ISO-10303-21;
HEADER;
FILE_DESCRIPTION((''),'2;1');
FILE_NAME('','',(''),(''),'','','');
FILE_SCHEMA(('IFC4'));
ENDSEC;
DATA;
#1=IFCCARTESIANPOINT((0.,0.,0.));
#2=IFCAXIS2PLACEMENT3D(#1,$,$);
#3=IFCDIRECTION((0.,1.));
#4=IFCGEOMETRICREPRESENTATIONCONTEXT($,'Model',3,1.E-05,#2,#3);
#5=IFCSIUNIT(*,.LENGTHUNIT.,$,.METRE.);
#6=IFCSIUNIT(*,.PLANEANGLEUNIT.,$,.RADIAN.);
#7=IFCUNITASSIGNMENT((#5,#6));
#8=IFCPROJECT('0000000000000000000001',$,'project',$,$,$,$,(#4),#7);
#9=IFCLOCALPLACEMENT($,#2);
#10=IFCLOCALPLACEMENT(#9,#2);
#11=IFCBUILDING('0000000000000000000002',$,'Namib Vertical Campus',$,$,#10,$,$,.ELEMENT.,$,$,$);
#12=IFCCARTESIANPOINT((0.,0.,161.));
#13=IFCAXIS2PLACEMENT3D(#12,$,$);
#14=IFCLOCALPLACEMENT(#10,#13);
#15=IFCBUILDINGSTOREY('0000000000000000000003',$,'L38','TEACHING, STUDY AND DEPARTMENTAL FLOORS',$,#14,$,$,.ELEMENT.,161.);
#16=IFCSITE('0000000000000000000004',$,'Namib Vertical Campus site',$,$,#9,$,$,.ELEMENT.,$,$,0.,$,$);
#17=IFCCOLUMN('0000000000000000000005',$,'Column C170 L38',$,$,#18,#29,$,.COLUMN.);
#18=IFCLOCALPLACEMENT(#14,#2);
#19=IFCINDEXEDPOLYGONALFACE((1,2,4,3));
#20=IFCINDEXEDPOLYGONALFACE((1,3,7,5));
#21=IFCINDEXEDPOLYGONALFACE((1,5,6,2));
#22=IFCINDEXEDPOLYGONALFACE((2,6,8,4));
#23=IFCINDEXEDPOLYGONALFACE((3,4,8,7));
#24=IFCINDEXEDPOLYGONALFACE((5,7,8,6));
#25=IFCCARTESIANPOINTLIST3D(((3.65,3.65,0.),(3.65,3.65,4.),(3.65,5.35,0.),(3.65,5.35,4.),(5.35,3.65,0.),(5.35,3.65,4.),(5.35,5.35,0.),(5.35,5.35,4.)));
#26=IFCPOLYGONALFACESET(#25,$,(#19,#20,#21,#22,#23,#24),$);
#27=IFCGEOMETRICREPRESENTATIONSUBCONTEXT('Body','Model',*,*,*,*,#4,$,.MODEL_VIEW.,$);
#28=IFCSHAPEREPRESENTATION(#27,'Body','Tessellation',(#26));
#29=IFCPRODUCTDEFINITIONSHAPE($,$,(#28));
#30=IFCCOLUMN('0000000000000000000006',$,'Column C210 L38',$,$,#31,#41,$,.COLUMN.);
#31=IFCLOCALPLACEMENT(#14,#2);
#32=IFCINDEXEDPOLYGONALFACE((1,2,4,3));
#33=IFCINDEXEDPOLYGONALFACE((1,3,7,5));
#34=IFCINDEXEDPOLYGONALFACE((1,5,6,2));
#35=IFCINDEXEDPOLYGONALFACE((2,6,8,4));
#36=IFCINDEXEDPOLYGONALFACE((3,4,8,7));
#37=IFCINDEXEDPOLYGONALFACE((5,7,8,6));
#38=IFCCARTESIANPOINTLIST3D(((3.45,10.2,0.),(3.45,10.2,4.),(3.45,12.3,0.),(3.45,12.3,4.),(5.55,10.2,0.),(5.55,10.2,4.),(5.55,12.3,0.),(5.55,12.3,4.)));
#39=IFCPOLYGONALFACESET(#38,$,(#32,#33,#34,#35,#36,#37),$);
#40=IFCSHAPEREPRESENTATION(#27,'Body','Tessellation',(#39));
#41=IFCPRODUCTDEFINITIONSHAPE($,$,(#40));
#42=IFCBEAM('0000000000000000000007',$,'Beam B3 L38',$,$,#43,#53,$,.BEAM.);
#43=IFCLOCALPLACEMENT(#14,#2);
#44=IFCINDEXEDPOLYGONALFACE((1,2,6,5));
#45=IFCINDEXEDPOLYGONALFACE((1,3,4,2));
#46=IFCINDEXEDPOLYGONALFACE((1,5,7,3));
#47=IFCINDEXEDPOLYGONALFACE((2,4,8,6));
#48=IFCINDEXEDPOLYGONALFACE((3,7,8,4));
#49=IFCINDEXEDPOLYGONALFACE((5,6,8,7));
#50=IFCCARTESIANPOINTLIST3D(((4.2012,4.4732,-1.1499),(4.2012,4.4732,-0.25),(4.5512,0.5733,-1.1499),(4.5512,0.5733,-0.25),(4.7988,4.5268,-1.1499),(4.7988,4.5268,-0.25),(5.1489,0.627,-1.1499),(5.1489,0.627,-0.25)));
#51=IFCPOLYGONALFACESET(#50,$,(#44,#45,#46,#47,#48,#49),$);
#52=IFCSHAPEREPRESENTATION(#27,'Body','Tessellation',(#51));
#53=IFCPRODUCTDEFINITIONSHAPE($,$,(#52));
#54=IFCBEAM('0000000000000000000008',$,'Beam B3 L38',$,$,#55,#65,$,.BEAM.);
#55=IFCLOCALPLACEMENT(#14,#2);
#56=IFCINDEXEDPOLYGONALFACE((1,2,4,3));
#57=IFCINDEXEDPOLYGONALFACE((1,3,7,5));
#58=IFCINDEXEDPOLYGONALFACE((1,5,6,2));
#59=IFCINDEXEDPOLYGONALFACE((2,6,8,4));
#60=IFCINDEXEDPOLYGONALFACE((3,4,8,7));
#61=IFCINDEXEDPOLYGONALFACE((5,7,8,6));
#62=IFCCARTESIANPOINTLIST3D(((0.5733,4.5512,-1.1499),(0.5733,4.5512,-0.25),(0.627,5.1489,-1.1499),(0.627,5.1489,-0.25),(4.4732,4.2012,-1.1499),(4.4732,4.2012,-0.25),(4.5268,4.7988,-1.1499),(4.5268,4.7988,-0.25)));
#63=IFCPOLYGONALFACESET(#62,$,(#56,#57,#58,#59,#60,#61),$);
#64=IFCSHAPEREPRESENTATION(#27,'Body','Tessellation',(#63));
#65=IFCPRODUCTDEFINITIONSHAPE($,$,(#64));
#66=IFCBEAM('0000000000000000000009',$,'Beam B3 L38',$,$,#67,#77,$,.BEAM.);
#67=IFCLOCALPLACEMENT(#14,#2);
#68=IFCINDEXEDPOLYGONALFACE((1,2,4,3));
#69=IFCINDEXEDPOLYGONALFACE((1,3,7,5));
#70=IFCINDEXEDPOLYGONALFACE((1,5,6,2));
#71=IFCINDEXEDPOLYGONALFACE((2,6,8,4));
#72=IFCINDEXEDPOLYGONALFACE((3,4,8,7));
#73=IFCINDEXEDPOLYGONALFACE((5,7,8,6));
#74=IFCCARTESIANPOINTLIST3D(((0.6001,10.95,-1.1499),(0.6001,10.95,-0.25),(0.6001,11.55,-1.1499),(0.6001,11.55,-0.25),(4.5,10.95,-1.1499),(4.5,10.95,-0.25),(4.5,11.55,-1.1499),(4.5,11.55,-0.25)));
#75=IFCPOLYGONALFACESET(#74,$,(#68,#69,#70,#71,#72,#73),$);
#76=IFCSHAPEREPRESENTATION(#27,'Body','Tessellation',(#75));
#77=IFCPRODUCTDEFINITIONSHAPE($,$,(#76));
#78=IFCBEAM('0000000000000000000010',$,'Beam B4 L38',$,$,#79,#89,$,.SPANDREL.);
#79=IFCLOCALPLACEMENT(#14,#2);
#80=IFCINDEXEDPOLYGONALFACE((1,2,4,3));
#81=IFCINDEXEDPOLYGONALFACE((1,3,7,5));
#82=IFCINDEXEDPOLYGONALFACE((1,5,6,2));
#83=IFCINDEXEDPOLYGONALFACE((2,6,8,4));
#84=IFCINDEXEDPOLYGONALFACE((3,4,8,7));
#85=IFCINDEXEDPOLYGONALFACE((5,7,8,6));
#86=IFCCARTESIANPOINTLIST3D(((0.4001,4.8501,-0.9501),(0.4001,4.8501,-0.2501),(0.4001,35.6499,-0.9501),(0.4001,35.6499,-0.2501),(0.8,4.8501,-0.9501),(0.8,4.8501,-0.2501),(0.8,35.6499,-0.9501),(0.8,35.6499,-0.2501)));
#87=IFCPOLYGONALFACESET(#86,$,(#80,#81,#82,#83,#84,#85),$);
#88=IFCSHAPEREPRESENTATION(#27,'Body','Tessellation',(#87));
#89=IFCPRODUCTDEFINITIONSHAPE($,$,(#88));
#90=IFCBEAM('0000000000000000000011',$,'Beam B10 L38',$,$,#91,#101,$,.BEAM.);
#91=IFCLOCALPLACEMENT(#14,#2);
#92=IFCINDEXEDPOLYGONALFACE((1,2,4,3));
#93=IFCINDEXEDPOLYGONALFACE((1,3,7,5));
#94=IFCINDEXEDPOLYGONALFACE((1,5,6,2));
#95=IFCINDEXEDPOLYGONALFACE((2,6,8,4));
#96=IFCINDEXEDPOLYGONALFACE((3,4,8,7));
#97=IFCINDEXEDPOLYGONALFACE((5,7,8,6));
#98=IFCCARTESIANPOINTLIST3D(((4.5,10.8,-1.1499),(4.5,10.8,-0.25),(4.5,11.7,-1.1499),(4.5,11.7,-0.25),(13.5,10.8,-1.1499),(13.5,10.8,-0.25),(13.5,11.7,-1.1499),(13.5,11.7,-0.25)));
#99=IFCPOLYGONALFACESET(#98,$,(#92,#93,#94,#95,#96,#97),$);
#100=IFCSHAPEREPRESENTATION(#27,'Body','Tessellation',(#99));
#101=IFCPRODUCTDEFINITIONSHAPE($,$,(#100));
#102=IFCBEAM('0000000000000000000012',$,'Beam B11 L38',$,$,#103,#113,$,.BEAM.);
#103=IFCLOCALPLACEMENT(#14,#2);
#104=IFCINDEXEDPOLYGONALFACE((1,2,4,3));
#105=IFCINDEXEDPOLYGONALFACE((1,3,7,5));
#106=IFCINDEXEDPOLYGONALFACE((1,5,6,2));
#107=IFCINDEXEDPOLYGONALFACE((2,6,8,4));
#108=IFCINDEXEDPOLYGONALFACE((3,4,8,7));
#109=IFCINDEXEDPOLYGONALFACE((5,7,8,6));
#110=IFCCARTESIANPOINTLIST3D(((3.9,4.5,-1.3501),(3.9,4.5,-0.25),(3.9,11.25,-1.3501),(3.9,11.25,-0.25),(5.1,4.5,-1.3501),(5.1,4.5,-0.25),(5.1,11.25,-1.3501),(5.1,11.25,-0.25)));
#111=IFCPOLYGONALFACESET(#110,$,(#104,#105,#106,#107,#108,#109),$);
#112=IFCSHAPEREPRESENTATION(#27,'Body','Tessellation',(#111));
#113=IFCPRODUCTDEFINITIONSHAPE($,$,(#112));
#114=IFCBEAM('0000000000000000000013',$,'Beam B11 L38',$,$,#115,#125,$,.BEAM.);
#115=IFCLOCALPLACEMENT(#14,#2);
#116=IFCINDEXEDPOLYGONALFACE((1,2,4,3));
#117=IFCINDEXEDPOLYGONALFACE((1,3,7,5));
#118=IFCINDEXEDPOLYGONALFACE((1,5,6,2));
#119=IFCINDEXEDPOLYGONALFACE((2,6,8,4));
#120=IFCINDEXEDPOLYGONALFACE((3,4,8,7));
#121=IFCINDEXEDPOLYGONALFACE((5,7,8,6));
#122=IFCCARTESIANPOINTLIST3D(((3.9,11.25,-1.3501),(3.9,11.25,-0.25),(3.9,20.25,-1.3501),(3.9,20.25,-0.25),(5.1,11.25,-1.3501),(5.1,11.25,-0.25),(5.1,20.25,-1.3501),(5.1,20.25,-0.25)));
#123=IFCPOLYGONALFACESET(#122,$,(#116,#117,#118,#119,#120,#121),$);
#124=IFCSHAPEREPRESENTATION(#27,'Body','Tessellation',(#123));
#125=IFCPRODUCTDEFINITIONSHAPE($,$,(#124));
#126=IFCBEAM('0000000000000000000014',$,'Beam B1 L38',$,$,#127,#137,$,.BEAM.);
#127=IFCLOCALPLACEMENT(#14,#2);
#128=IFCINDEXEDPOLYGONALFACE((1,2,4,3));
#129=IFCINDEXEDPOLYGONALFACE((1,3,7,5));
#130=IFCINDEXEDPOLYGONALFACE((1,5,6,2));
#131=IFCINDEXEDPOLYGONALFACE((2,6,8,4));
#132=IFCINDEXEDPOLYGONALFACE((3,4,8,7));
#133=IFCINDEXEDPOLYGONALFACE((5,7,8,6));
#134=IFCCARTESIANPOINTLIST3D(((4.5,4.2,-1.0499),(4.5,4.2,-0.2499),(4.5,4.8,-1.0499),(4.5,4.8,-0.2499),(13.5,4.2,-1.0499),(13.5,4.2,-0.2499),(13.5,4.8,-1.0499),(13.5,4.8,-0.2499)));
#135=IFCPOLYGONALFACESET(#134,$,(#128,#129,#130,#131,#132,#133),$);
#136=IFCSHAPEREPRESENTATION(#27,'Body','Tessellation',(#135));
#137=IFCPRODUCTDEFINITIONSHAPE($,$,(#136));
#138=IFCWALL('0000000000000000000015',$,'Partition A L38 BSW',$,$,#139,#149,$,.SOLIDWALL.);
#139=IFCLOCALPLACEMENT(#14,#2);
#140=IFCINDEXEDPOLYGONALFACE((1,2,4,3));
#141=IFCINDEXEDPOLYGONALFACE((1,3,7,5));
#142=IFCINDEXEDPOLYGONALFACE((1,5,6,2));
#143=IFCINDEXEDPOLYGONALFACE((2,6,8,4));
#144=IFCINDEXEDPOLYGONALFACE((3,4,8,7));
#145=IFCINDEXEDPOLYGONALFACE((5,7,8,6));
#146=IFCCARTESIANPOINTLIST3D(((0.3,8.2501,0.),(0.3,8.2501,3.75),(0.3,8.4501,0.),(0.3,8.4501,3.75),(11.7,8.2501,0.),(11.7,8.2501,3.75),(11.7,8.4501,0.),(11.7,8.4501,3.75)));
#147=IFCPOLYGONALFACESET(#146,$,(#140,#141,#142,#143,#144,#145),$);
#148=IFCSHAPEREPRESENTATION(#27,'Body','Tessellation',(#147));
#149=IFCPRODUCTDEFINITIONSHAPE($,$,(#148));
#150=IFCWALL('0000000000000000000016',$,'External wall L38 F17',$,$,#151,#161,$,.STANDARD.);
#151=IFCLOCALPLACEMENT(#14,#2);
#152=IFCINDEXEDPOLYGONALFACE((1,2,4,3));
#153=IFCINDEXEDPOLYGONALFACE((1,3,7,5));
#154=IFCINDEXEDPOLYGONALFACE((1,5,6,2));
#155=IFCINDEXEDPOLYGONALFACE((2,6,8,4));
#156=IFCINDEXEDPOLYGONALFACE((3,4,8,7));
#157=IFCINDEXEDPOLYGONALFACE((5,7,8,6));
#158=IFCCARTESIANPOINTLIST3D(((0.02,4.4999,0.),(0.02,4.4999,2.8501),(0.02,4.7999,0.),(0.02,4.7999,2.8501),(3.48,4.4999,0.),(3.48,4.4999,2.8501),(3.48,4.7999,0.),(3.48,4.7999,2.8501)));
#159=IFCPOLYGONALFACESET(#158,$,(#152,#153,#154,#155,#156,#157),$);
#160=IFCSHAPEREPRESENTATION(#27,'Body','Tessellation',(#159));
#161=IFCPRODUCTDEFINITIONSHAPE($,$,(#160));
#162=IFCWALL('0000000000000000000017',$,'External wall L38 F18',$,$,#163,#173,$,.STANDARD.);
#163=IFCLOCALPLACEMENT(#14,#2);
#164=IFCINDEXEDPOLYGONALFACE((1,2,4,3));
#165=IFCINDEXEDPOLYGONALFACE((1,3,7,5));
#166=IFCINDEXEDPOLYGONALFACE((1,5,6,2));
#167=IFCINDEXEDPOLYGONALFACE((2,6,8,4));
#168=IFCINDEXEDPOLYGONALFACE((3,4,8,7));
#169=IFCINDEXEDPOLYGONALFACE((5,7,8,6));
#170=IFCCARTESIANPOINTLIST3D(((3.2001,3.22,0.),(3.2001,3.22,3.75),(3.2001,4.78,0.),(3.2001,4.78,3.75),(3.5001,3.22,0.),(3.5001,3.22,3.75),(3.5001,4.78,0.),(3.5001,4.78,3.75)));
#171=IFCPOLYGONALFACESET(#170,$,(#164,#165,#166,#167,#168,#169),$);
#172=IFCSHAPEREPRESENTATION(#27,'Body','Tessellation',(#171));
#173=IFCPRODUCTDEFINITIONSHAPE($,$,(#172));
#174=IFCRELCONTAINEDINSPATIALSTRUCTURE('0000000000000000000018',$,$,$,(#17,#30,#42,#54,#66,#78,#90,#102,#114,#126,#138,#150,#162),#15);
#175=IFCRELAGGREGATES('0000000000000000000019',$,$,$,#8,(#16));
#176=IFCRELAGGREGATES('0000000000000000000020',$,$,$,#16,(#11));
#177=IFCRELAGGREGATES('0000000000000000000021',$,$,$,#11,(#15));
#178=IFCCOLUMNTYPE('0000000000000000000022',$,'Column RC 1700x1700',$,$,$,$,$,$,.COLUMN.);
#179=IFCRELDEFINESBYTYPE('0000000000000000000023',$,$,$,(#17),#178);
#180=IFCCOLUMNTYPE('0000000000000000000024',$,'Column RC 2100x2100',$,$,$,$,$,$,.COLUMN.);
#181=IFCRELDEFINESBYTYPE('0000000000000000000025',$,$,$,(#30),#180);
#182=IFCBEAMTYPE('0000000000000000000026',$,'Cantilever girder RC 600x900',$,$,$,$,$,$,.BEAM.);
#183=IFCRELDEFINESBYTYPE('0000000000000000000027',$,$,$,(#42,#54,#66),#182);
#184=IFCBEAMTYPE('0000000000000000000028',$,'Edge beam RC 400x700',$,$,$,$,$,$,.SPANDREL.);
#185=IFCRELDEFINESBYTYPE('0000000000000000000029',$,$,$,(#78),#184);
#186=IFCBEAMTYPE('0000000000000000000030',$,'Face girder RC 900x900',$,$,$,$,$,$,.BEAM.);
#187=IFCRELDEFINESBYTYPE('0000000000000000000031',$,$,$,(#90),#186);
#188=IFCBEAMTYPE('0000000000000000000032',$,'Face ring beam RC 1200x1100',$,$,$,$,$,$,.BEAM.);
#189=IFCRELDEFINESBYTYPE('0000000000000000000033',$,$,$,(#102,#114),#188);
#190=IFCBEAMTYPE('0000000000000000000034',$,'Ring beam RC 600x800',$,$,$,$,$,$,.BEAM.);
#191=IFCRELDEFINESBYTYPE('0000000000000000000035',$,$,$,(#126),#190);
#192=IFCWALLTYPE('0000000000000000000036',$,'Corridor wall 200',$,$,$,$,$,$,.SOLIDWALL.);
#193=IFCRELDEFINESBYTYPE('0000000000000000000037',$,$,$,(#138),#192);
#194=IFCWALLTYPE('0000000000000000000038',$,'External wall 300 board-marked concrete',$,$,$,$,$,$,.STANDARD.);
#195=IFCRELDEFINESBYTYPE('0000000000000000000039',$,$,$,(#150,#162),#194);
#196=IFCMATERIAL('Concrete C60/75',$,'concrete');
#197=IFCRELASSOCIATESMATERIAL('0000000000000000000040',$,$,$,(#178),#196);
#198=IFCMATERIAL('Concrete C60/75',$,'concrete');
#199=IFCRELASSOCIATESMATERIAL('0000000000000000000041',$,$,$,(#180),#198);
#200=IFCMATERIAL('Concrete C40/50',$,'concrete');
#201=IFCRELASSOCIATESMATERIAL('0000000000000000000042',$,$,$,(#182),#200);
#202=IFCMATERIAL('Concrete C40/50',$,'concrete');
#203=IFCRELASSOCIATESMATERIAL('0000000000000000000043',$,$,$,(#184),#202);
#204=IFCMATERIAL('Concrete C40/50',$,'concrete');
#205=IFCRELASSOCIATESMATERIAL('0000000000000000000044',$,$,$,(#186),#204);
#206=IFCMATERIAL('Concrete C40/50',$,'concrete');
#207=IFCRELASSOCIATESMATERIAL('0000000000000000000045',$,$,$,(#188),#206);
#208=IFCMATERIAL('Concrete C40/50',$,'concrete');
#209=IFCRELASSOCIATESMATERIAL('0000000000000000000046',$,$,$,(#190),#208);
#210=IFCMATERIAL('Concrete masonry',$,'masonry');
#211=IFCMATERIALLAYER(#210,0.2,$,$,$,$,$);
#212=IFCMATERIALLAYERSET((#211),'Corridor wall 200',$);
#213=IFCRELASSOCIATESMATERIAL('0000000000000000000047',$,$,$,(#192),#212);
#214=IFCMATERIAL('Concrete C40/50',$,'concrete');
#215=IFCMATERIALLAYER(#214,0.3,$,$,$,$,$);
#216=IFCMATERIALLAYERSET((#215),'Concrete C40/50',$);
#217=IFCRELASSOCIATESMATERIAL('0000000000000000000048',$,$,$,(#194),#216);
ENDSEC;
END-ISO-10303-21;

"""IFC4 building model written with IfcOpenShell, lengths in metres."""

from ifc_helpers import new_model, si_unit, direction, frame, frame_2d, origin, origin_2d, place, context, subcontext, project, spatial, rectangle, extrude, material, layer, layer_set, material_profile, profile_set, type_object, element, save


model = new_model("IFC4")

# Units and contexts
model_context = context("Model", 3, precision=1e-05, world=origin(), true_north=direction((0.0, 1.0)))
body_context = subcontext(model_context, "Body", "Model", "MODEL_VIEW")
ifc_project = project(units=[si_unit("LENGTHUNIT", "METRE"), si_unit("PLANEANGLEUNIT", "RADIAN")], contexts=[model_context])

# Site, building, storey
site_placement = place(None, origin())
site = spatial("IfcSite", under=ifc_project, at=site_placement, Name="Namib Vertical Campus site", CompositionType="ELEMENT", RefElevation=0.0)
building_placement = place(site_placement, origin())
building = spatial("IfcBuilding", under=site, at=building_placement, Name="Namib Vertical Campus", CompositionType="ELEMENT")
storey_placement = place(building_placement, frame((0.0, 0.0, 161.0)))
storey = spatial("IfcBuildingStorey", under=building, at=storey_placement, Name="L38", Description="TEACHING, STUDY AND DEPARTMENTAL FLOORS", CompositionType="ELEMENT", Elevation=161.0)

# Columns
ifc_material_1 = material(Name="Concrete C60/75", Category="concrete")
ifc_material_profile_1 = material_profile(ifc_material_1, rectangle(XDim=1.7, YDim=1.7, at=origin_2d()))
ifc_profile_set_1 = profile_set([ifc_material_profile_1], Name="Concrete C60/75")
column_type_1 = type_object("IfcColumnType", Name="Column RC 1700x1700", PredefinedType="COLUMN", material=ifc_profile_set_1)
column_1_placement = place(storey_placement, frame((4.5, 4.5, 0.0), z_axis=(0.0, 0.0, 1.0), x_axis=(1.0, 0.0, 0.0)))
element("IfcColumn", 1, at=column_1_placement, inside=storey, type_object=column_type_1, Name="Column C170 L38", PredefinedType="COLUMN", context=body_context, shape_type="SweptSolid", body=[
    extrude(rectangle(XDim=1.7, YDim=1.7, at=origin_2d()), origin(), (0.0, 0.0, 1.0), 4.0),
])
ifc_material_2 = material(Name="Concrete C60/75", Category="concrete")
ifc_material_profile_2 = material_profile(ifc_material_2, rectangle(XDim=2.1001, YDim=2.1001, at=origin_2d()))
ifc_profile_set_2 = profile_set([ifc_material_profile_2], Name="Concrete C60/75")
column_type_2 = type_object("IfcColumnType", Name="Column RC 2100x2100", PredefinedType="COLUMN", material=ifc_profile_set_2)
column_2_placement = place(storey_placement, frame((4.5, 11.25, 0.0), z_axis=(0.0, 0.0, 1.0), x_axis=(1.0, 0.0, 0.0)))
element("IfcColumn", 2, at=column_2_placement, inside=storey, type_object=column_type_2, Name="Column C210 L38", PredefinedType="COLUMN", context=body_context, shape_type="SweptSolid", body=[
    extrude(rectangle(XDim=2.1001, YDim=2.1001, at=origin_2d()), origin(), (0.0, 0.0, 1.0), 4.0),
])

# Beams
ifc_material_3 = material(Name="Concrete C40/50", Category="concrete")
ifc_material_profile_3 = material_profile(ifc_material_3, rectangle(XDim=0.6001, YDim=0.8999, at=origin_2d()))
ifc_profile_set_3 = profile_set([ifc_material_profile_3], Name="Concrete C40/50")
beam_type_1 = type_object("IfcBeamType", Name="Cantilever girder RC 600x900", PredefinedType="BEAM", material=ifc_profile_set_3)
for number, where, z_axis, x_axis, name in (
    (3, (4.5, 4.5, -0.7), (0.089411, -0.995995, 0.0), (0.995995, 0.089411, 0.0), "Beam B3 L38"),
    (4, (4.5, 4.5, -0.7), (-0.995995, 0.089411, 0.0), (-0.089411, -0.995995, 0.0), "Beam B3 L38"),
):
    element("IfcBeam", number, at=place(storey_placement, frame(where, z_axis=z_axis, x_axis=x_axis)), inside=storey, type_object=beam_type_1, Name=name, PredefinedType="BEAM", context=body_context, shape_type="SweptSolid", body=[
        extrude(rectangle(XDim=0.6001, YDim=0.8999, at=origin_2d()), origin(), (0.0, 0.0, 1.0), 3.9155),
    ])
beam_1_placement = place(storey_placement, frame((4.5, 11.25, -0.7), z_axis=(-1.0, 0.0, 0.0), x_axis=(0.0, -1.0, 0.0)))
element("IfcBeam", 5, at=beam_1_placement, inside=storey, type_object=beam_type_1, Name="Beam B3 L38", PredefinedType="BEAM", context=body_context, shape_type="SweptSolid", body=[
    extrude(rectangle(XDim=0.6001, YDim=0.8999, at=origin_2d()), origin(), (0.0, 0.0, 1.0), 3.8999),
])
ifc_material_4 = material(Name="Concrete C40/50", Category="concrete")
ifc_material_profile_4 = material_profile(ifc_material_4, rectangle(XDim=0.3999, YDim=0.7, at=origin_2d()))
ifc_profile_set_4 = profile_set([ifc_material_profile_4], Name="Concrete C40/50")
beam_type_2 = type_object("IfcBeamType", Name="Edge beam RC 400x700", PredefinedType="SPANDREL", material=ifc_profile_set_4)
beam_2_placement = place(storey_placement, frame((0.6001, 4.8501, -0.6001), z_axis=(0.0, 1.0, 0.0), x_axis=(-1.0, 0.0, 0.0)))
element("IfcBeam", 6, at=beam_2_placement, inside=storey, type_object=beam_type_2, Name="Beam B4 L38", PredefinedType="SPANDREL", context=body_context, shape_type="SweptSolid", body=[
    extrude(rectangle(XDim=0.3999, YDim=0.7, at=origin_2d()), origin(), (0.0, 0.0, 1.0), 30.7998),
])
ifc_material_5 = material(Name="Concrete C40/50", Category="concrete")
ifc_material_profile_5 = material_profile(ifc_material_5, rectangle(XDim=0.8999, YDim=0.8999, at=origin_2d()))
ifc_profile_set_5 = profile_set([ifc_material_profile_5], Name="Concrete C40/50")
beam_type_3 = type_object("IfcBeamType", Name="Face girder RC 900x900", PredefinedType="BEAM", material=ifc_profile_set_5)
beam_3_placement = place(storey_placement, frame((4.5, 11.25, -0.7), z_axis=(1.0, 0.0, 0.0), x_axis=(0.0, 1.0, 0.0)))
element("IfcBeam", 7, at=beam_3_placement, inside=storey, type_object=beam_type_3, Name="Beam B10 L38", PredefinedType="BEAM", context=body_context, shape_type="SweptSolid", body=[
    extrude(rectangle(XDim=0.8999, YDim=0.8999, at=origin_2d()), origin(), (0.0, 0.0, 1.0), 9.0),
])
ifc_material_6 = material(Name="Concrete C40/50", Category="concrete")
ifc_material_profile_6 = material_profile(ifc_material_6, rectangle(XDim=1.2, YDim=1.1001, at=origin_2d()))
ifc_profile_set_6 = profile_set([ifc_material_profile_6], Name="Concrete C40/50")
beam_type_4 = type_object("IfcBeamType", Name="Face ring beam RC 1200x1100", PredefinedType="BEAM", material=ifc_profile_set_6)
beam_4_placement = place(storey_placement, frame((4.5, 4.5, -0.8), z_axis=(0.0, 1.0, 0.0), x_axis=(-1.0, 0.0, 0.0)))
element("IfcBeam", 8, at=beam_4_placement, inside=storey, type_object=beam_type_4, Name="Beam B11 L38", PredefinedType="BEAM", context=body_context, shape_type="SweptSolid", body=[
    extrude(rectangle(XDim=1.2, YDim=1.1001, at=origin_2d()), origin(), (0.0, 0.0, 1.0), 6.75),
])
beam_5_placement = place(storey_placement, frame((4.5, 11.25, -0.8), z_axis=(0.0, 1.0, 0.0), x_axis=(-1.0, 0.0, 0.0)))
element("IfcBeam", 9, at=beam_5_placement, inside=storey, type_object=beam_type_4, Name="Beam B11 L38", PredefinedType="BEAM", context=body_context, shape_type="SweptSolid", body=[
    extrude(rectangle(XDim=1.2, YDim=1.1001, at=origin_2d()), origin(), (0.0, 0.0, 1.0), 9.0),
])
ifc_material_7 = material(Name="Concrete C40/50", Category="concrete")
ifc_material_profile_7 = material_profile(ifc_material_7, rectangle(XDim=0.6001, YDim=0.8, at=origin_2d()))
ifc_profile_set_7 = profile_set([ifc_material_profile_7], Name="Concrete C40/50")
beam_type_5 = type_object("IfcBeamType", Name="Ring beam RC 600x800", PredefinedType="BEAM", material=ifc_profile_set_7)
beam_6_placement = place(storey_placement, frame((4.5, 4.5, -0.6499), z_axis=(1.0, 0.0, 0.0), x_axis=(0.0, 1.0, 0.0)))
element("IfcBeam", 10, at=beam_6_placement, inside=storey, type_object=beam_type_5, Name="Beam B1 L38", PredefinedType="BEAM", context=body_context, shape_type="SweptSolid", body=[
    extrude(rectangle(XDim=0.6001, YDim=0.8, at=origin_2d()), origin(), (0.0, 0.0, 1.0), 9.0),
])

# Walls
ifc_material_8 = material(Name="Concrete masonry", Category="masonry")
ifc_layer_1 = layer(ifc_material_8, 0.2)
ifc_layer_set_1 = layer_set([ifc_layer_1], Name="Corridor wall 200")
wall_type_1 = type_object("IfcWallType", Name="Corridor wall 200", PredefinedType="SOLIDWALL", material=ifc_layer_set_1)
wall_1_placement = place(storey_placement, frame((0.3, 8.3501, 0.0), z_axis=(0.0, 0.0, 1.0), x_axis=(1.0, 0.0, 0.0)))
element("IfcWall", 11, at=wall_1_placement, inside=storey, type_object=wall_type_1, Name="Partition A L38 BSW", PredefinedType="SOLIDWALL", context=body_context, shape_type="SweptSolid", body=[
    extrude(rectangle(XDim=11.3999, YDim=0.2, at=frame_2d((5.7, 0.0))), origin(), (0.0, 0.0, 1.0), 3.75),
])
ifc_material_9 = material(Name="Concrete C40/50", Category="concrete")
ifc_layer_2 = layer(ifc_material_9, 0.3)
ifc_layer_set_2 = layer_set([ifc_layer_2], Name="Concrete C40/50")
wall_type_2 = type_object("IfcWallType", Name="External wall 300 board-marked concrete", PredefinedType="STANDARD", material=ifc_layer_set_2)
wall_2_placement = place(storey_placement, frame((0.02, 4.6499, 0.0), z_axis=(0.0, 0.0, 1.0), x_axis=(1.0, 0.0, 0.0)))
element("IfcWall", 12, at=wall_2_placement, inside=storey, type_object=wall_type_2, Name="External wall L38 F17", PredefinedType="STANDARD", context=body_context, shape_type="SweptSolid", body=[
    extrude(rectangle(XDim=3.46, YDim=0.3, at=frame_2d((1.73, 0.0))), origin(), (0.0, 0.0, 1.0), 2.8501),
])
for number, where, z_axis, x_axis, name in (
    (13, (3.3501, 4.78, 0.0), (0.0, 0.0, 1.0), (0.0, -1.0, 0.0), "External wall L38 F18"),
):
    element("IfcWall", number, at=place(storey_placement, frame(where, z_axis=z_axis, x_axis=x_axis)), inside=storey, type_object=wall_type_2, Name=name, PredefinedType="STANDARD", context=body_context, shape_type="SweptSolid", body=[
        extrude(rectangle(XDim=1.5601, YDim=0.3, at=frame_2d((0.78, 0.0))), origin(), (0.0, 0.0, 1.0), 3.75),
    ])

save(model, "model.ifc")
